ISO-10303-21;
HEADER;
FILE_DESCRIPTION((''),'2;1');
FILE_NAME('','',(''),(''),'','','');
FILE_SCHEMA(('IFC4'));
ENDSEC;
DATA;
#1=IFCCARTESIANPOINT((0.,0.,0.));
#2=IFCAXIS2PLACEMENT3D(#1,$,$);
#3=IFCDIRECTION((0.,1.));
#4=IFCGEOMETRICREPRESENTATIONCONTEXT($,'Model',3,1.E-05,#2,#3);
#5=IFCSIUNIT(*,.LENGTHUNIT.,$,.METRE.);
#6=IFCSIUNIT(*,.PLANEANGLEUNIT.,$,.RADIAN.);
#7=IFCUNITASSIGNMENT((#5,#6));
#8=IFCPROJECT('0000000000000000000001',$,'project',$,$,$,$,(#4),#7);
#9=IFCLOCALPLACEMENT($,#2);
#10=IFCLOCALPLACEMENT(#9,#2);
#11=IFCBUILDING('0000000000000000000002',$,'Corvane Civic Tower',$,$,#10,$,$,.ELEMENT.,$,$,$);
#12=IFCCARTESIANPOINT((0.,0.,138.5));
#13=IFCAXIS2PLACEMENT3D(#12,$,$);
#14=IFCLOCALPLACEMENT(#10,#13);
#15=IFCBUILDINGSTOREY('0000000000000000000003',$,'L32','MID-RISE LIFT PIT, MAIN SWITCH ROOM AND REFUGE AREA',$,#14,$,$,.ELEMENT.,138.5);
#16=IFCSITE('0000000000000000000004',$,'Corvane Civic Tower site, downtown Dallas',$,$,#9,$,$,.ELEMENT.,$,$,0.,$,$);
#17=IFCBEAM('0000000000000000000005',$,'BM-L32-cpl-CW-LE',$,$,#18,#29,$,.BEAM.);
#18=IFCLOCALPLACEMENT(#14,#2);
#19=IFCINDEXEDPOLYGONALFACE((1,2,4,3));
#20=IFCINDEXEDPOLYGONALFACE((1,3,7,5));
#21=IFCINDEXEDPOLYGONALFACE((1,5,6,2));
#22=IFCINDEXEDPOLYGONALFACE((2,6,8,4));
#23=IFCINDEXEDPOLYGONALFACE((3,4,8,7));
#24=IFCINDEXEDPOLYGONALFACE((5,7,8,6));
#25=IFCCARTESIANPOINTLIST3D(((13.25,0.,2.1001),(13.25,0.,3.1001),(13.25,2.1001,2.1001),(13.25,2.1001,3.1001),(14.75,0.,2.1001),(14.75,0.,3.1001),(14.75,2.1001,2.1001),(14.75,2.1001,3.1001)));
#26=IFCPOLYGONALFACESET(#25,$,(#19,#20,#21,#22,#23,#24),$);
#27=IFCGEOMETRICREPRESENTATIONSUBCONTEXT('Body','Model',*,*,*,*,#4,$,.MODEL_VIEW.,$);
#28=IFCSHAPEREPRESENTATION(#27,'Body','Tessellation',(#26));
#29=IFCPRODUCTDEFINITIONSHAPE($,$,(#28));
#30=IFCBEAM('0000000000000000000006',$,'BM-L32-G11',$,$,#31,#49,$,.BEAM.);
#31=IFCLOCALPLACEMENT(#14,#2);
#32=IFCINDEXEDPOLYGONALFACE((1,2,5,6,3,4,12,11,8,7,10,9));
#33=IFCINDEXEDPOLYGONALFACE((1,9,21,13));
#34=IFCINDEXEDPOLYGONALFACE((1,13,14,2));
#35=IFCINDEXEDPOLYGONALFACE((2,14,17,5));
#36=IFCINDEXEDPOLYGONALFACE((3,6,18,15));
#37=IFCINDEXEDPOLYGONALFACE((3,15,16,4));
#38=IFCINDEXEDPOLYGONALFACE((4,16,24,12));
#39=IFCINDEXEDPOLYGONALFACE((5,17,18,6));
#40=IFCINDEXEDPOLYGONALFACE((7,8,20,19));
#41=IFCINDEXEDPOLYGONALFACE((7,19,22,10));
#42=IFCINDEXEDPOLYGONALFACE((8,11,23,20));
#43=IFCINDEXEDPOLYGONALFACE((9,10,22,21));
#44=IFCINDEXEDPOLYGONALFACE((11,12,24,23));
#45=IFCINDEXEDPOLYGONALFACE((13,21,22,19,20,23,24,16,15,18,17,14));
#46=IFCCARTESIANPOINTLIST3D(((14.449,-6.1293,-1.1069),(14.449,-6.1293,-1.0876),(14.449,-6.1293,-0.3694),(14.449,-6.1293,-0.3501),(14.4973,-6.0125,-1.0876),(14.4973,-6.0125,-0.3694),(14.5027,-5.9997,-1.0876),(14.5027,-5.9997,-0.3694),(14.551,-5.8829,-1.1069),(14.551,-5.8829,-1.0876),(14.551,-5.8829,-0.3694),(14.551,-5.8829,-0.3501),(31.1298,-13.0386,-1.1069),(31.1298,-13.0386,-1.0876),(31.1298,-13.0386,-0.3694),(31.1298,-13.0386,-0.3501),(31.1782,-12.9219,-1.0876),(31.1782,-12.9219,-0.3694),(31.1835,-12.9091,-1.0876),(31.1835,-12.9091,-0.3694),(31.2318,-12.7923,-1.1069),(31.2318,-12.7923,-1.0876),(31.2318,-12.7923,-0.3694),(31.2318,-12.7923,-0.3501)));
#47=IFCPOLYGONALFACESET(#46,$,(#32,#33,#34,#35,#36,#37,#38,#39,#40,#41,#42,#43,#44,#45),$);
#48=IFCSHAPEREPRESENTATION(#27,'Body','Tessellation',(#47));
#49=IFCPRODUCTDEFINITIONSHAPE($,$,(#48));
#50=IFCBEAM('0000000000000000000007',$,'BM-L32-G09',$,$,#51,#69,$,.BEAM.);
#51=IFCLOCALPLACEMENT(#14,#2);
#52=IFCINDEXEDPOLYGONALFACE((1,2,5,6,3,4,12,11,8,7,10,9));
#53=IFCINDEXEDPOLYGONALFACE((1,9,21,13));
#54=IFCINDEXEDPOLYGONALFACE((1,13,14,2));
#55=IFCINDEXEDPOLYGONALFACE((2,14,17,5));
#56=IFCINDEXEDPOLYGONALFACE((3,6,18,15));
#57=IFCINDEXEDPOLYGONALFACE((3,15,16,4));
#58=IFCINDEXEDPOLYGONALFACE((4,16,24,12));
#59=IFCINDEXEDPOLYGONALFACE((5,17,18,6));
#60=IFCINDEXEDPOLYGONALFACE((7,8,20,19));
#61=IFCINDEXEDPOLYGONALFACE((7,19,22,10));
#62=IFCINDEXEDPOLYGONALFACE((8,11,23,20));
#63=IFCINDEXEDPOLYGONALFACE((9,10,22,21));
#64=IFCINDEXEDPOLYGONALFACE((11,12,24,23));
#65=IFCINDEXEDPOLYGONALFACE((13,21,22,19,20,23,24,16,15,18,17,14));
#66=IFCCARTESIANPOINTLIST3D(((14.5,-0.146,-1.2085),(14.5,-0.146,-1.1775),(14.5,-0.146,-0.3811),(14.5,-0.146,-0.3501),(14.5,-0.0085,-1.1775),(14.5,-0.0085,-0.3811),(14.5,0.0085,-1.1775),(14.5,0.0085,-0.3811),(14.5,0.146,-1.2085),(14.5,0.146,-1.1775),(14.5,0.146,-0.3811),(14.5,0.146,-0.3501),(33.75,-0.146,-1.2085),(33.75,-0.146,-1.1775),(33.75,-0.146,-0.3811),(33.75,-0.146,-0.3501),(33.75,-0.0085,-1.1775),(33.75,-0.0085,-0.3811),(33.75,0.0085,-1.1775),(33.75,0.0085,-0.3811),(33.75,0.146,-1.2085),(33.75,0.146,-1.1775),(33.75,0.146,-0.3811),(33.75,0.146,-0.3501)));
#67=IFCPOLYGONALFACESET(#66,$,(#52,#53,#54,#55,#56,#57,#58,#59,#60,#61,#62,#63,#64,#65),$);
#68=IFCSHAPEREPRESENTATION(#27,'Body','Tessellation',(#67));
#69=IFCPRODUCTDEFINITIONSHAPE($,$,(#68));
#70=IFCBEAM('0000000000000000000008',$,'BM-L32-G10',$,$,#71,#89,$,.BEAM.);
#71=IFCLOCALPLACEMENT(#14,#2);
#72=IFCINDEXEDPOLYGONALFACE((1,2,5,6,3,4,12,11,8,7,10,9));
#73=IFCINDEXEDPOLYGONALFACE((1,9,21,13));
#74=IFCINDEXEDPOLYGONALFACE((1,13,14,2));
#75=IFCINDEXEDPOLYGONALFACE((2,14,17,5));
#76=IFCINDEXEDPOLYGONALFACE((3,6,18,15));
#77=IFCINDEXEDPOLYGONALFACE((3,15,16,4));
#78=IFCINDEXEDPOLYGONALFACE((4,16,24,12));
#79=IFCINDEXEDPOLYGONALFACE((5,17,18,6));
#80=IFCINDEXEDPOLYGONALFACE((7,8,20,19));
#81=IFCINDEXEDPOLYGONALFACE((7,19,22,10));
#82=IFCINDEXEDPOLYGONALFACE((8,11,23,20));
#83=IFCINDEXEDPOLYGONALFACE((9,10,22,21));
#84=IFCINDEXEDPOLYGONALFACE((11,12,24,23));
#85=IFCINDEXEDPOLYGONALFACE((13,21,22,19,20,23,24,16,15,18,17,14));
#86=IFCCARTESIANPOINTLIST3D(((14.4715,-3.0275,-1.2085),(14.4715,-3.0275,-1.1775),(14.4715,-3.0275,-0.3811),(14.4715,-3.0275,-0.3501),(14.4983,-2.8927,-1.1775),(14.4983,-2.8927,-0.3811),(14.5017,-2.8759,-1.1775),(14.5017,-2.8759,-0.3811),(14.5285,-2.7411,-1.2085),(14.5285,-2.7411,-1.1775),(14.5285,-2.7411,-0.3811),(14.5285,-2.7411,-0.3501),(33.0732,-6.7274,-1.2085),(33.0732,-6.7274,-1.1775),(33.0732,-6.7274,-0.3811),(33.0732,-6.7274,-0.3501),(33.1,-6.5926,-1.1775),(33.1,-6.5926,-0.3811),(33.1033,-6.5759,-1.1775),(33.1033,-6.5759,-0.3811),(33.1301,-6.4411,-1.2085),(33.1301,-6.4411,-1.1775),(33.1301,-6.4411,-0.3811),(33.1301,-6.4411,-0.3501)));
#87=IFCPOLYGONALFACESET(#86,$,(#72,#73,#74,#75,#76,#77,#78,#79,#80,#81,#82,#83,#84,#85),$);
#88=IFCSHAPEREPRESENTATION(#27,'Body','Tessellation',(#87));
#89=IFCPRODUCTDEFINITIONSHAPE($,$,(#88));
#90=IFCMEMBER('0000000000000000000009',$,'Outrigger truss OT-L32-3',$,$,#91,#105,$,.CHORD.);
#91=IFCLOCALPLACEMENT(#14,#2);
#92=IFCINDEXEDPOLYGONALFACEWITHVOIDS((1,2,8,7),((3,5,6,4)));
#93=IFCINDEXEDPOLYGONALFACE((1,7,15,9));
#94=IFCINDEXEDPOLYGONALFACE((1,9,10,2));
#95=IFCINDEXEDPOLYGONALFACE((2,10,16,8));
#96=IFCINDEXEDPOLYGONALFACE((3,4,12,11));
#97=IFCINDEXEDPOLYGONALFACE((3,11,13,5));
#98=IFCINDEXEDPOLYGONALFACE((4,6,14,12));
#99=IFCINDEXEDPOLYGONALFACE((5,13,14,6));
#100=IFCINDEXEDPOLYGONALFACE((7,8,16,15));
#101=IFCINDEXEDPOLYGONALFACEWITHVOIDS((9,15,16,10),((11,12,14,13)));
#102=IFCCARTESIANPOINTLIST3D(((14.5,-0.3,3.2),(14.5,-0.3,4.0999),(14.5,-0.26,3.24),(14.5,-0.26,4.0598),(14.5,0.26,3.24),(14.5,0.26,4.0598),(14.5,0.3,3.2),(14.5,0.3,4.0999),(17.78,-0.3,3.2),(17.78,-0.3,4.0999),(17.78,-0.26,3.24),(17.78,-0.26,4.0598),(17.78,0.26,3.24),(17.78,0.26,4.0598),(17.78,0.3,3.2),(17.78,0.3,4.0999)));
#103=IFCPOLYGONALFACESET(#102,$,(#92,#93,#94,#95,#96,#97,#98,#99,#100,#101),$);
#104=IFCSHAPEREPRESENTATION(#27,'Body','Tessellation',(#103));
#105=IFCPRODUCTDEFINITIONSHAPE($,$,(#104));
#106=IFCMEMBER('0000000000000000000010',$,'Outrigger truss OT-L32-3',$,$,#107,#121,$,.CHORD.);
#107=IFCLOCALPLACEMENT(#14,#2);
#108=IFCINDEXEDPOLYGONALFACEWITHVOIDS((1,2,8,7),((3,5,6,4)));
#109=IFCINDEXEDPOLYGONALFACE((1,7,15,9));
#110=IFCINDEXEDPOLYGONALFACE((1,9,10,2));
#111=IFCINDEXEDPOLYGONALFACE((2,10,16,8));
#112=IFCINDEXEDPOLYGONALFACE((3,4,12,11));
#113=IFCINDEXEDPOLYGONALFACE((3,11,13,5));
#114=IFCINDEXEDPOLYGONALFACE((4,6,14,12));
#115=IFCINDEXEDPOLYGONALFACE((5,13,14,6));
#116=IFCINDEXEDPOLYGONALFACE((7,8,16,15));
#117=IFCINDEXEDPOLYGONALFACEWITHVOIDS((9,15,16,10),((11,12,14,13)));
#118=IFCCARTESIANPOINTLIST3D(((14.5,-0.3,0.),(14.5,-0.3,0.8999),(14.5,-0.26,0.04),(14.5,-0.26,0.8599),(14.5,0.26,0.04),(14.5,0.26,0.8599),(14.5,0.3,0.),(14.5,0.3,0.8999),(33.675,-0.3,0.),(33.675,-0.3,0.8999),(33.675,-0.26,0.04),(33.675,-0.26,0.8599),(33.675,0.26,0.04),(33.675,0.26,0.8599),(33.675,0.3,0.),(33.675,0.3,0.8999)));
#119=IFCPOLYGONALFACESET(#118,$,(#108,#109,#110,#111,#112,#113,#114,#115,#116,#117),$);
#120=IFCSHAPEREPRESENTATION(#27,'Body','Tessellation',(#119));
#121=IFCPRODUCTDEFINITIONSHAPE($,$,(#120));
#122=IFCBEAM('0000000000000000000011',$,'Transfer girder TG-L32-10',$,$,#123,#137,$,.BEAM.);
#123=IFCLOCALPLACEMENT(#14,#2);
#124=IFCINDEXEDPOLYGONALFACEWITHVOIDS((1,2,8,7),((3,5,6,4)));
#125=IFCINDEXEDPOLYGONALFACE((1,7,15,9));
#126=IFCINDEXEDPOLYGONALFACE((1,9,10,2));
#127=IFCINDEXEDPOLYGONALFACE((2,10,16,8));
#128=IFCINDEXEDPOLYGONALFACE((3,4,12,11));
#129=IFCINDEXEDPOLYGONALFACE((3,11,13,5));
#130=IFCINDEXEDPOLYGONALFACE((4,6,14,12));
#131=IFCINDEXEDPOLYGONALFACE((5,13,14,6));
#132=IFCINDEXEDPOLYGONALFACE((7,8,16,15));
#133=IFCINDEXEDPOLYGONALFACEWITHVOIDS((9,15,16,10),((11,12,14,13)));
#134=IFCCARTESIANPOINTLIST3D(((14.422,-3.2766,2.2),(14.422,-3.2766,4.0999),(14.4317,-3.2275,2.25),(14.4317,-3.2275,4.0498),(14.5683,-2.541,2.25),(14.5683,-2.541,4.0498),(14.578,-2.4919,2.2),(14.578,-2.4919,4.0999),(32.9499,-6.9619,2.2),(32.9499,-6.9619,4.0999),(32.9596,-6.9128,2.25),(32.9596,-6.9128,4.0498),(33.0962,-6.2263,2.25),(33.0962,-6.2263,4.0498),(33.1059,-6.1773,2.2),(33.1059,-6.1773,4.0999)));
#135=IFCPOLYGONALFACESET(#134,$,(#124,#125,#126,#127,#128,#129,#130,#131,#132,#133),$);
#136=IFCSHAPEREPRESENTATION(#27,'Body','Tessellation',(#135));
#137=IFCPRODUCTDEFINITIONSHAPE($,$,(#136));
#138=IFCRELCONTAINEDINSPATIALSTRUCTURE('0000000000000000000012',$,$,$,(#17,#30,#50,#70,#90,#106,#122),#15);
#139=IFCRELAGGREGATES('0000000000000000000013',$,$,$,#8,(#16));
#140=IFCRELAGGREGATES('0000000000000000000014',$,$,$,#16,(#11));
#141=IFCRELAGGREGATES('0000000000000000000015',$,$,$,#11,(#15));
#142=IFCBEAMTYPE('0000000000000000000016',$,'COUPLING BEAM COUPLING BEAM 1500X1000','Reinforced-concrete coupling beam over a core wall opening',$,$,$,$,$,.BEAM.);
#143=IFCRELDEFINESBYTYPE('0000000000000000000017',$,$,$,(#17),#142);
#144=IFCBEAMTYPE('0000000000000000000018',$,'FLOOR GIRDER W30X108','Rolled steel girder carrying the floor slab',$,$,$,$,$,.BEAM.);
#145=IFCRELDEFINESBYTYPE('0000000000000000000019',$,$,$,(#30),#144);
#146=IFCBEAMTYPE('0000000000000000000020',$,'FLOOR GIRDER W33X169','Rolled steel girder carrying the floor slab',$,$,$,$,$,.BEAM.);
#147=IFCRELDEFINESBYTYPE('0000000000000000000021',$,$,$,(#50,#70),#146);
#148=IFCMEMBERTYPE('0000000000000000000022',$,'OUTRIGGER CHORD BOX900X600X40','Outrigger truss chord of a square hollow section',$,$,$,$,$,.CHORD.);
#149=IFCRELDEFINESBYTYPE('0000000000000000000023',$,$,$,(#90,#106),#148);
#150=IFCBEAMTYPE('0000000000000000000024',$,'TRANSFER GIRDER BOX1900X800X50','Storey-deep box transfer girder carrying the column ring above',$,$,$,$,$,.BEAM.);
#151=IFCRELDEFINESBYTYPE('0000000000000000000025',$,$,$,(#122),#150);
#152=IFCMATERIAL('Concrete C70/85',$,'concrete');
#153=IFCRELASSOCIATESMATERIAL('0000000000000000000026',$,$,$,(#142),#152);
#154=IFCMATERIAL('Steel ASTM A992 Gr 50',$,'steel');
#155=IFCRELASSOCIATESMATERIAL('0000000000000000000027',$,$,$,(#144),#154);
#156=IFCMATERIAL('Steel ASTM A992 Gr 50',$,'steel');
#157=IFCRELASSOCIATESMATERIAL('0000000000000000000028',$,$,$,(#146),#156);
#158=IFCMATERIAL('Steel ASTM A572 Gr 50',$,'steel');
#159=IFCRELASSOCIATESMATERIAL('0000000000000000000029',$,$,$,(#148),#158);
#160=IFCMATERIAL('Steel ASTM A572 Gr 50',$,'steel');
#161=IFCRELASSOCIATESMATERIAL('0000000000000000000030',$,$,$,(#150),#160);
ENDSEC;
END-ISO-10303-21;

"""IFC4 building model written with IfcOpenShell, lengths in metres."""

from ifc_helpers import new_model, si_unit, direction, frame, origin, origin_2d, place, context, subcontext, project, spatial, rectangle, hollow_rectangle, i_section, extrude, material, material_profile, profile_set, type_object, element, save


model = new_model("IFC4")

# Units and contexts
model_context = context("Model", 3, precision=1e-05, world=origin(), true_north=direction((0.0, 1.0)))
body_context = subcontext(model_context, "Body", "Model", "MODEL_VIEW")
ifc_project = project(units=[si_unit("LENGTHUNIT", "METRE"), si_unit("PLANEANGLEUNIT", "RADIAN")], contexts=[model_context])

# Site, building, storey
site_placement = place(None, origin())
site = spatial("IfcSite", under=ifc_project, at=site_placement, Name="Corvane Civic Tower site, downtown Dallas", CompositionType="ELEMENT", RefElevation=0.0)
building_placement = place(site_placement, origin())
building = spatial("IfcBuilding", under=site, at=building_placement, Name="Corvane Civic Tower", CompositionType="ELEMENT")
storey_placement = place(building_placement, frame((0.0, 0.0, 138.5)))
storey = spatial("IfcBuildingStorey", under=building, at=storey_placement, Name="L32", Description="MID-RISE LIFT PIT, MAIN SWITCH ROOM AND REFUGE AREA", CompositionType="ELEMENT", Elevation=138.5)

# Beams
ifc_material_1 = material(Name="Concrete C70/85", Category="concrete")
ifc_material_profile_1 = material_profile(ifc_material_1, rectangle(XDim=1.5, YDim=1.0, at=origin_2d()), Name="COUPLING BEAM 1500X1000")
ifc_profile_set_1 = profile_set([ifc_material_profile_1], Name="Concrete C70/85")
beam_type_1 = type_object("IfcBeamType", Name="COUPLING BEAM COUPLING BEAM 1500X1000", Description="Reinforced-concrete coupling beam over a core wall opening", PredefinedType="BEAM", material=ifc_profile_set_1)
beam_1_placement = place(storey_placement, frame((14.0, 0.0, 2.6001), z_axis=(0.0, 1.0, 0.0), x_axis=(-1.0, 0.0, 0.0)))
element("IfcBeam", 1, at=beam_1_placement, inside=storey, type_object=beam_type_1, Name="BM-L32-cpl-CW-LE", PredefinedType="BEAM", context=body_context, shape_type="SweptSolid", body=[
    extrude(rectangle(XDim=1.5, YDim=1.0, at=origin_2d()), origin(), (0.0, 0.0, 1.0), 2.1001),
])
ifc_material_2 = material(Name="Steel ASTM A992 Gr 50", Category="steel")
ifc_material_profile_2 = material_profile(ifc_material_2, i_section(OverallWidth=0.2666, OverallDepth=0.7568, WebThickness=0.0139, FlangeThickness=0.0193, at=origin_2d()), Name="W30X108")
ifc_profile_set_2 = profile_set([ifc_material_profile_2], Name="Steel ASTM A992 Gr 50")
beam_type_2 = type_object("IfcBeamType", Name="FLOOR GIRDER W30X108", Description="Rolled steel girder carrying the floor slab", PredefinedType="BEAM", material=ifc_profile_set_2)
beam_2_placement = place(storey_placement, frame((14.5, -6.0061, -0.7285), z_axis=(0.92388, -0.382682, 0.0), x_axis=(0.382682, 0.92388, 0.0)))
element("IfcBeam", 2, at=beam_2_placement, inside=storey, type_object=beam_type_2, Name="BM-L32-G11", PredefinedType="BEAM", context=body_context, shape_type="SweptSolid", body=[
    extrude(i_section(OverallWidth=0.2666, OverallDepth=0.7568, WebThickness=0.0139, FlangeThickness=0.0193, at=origin_2d()), origin(), (0.0, 0.0, 1.0), 18.0552),
])
ifc_material_3 = material(Name="Steel ASTM A992 Gr 50", Category="steel")
ifc_material_profile_3 = material_profile(ifc_material_3, i_section(OverallWidth=0.292, OverallDepth=0.8584, WebThickness=0.0171, FlangeThickness=0.031, at=origin_2d()), Name="W33X169")
ifc_profile_set_3 = profile_set([ifc_material_profile_3], Name="Steel ASTM A992 Gr 50")
beam_type_3 = type_object("IfcBeamType", Name="FLOOR GIRDER W33X169", Description="Rolled steel girder carrying the floor slab", PredefinedType="BEAM", material=ifc_profile_set_3)
beam_3_placement = place(storey_placement, frame((14.5, 0.0, -0.7793), z_axis=(1.0, 0.0, 0.0), x_axis=(0.0, 1.0, 0.0)))
element("IfcBeam", 3, at=beam_3_placement, inside=storey, type_object=beam_type_3, Name="BM-L32-G09", PredefinedType="BEAM", context=body_context, shape_type="SweptSolid", body=[
    extrude(i_section(OverallWidth=0.292, OverallDepth=0.8584, WebThickness=0.0171, FlangeThickness=0.031, at=origin_2d()), origin(), (0.0, 0.0, 1.0), 19.25),
])
beam_4_placement = place(storey_placement, frame((14.5, -2.8843, -0.7793), z_axis=(0.980787, -0.195084, 0.0), x_axis=(0.195084, 0.980787, 0.0)))
element("IfcBeam", 4, at=beam_4_placement, inside=storey, type_object=beam_type_3, Name="BM-L32-G10", PredefinedType="BEAM", context=body_context, shape_type="SweptSolid", body=[
    extrude(i_section(OverallWidth=0.292, OverallDepth=0.8584, WebThickness=0.0171, FlangeThickness=0.031, at=origin_2d()), origin(), (0.0, 0.0, 1.0), 18.9661),
])

# Members
ifc_material_4 = material(Name="Steel ASTM A572 Gr 50", Category="steel")
ifc_material_profile_4 = material_profile(ifc_material_4, hollow_rectangle(XDim=0.6001, YDim=0.8999, WallThickness=0.04, at=origin_2d()), Name="BOX900X600X40")
ifc_profile_set_4 = profile_set([ifc_material_profile_4], Name="Steel ASTM A572 Gr 50")
member_type = type_object("IfcMemberType", Name="OUTRIGGER CHORD BOX900X600X40", Description="Outrigger truss chord of a square hollow section", PredefinedType="CHORD", material=ifc_profile_set_4)
member_1_placement = place(storey_placement, frame((14.5, 0.0, 3.6499), z_axis=(1.0, 0.0, 0.0), x_axis=(0.0, 1.0, 0.0)))
element("IfcMember", 5, at=member_1_placement, inside=storey, type_object=member_type, Name="Outrigger truss OT-L32-3", PredefinedType="CHORD", context=body_context, shape_type="SweptSolid", body=[
    extrude(hollow_rectangle(XDim=0.6001, YDim=0.8999, WallThickness=0.04, at=origin_2d()), origin(), (0.0, 0.0, 1.0), 3.28),
])
member_2_placement = place(storey_placement, frame((14.5, 0.0, 0.45), z_axis=(1.0, 0.0, 0.0), x_axis=(0.0, 1.0, 0.0)))
element("IfcMember", 6, at=member_2_placement, inside=storey, type_object=member_type, Name="Outrigger truss OT-L32-3", PredefinedType="CHORD", context=body_context, shape_type="SweptSolid", body=[
    extrude(hollow_rectangle(XDim=0.6001, YDim=0.8999, WallThickness=0.04, at=origin_2d()), origin(), (0.0, 0.0, 1.0), 19.175),
])

# Beam
ifc_material_5 = material(Name="Steel ASTM A572 Gr 50", Category="steel")
ifc_material_profile_5 = material_profile(ifc_material_5, hollow_rectangle(XDim=0.8, YDim=1.8999, WallThickness=0.05, at=origin_2d()), Name="BOX1900X800X50")
ifc_profile_set_5 = profile_set([ifc_material_profile_5], Name="Steel ASTM A572 Gr 50")
beam_type_4 = type_object("IfcBeamType", Name="TRANSFER GIRDER BOX1900X800X50", Description="Storey-deep box transfer girder carrying the column ring above", PredefinedType="BEAM", material=ifc_profile_set_5)
beam_5_placement = place(storey_placement, frame((14.5, -2.8843, 3.1499), z_axis=(0.980786, -0.195085, 0.0), x_axis=(0.195085, 0.980786, 0.0)))
element("IfcBeam", 7, at=beam_5_placement, inside=storey, type_object=beam_type_4, Name="Transfer girder TG-L32-10", PredefinedType="BEAM", context=body_context, shape_type="SweptSolid", body=[
    extrude(hollow_rectangle(XDim=0.8, YDim=1.8999, WallThickness=0.05, at=origin_2d()), origin(), (0.0, 0.0, 1.0), 18.8909),
])

save(model, "model.ifc")
